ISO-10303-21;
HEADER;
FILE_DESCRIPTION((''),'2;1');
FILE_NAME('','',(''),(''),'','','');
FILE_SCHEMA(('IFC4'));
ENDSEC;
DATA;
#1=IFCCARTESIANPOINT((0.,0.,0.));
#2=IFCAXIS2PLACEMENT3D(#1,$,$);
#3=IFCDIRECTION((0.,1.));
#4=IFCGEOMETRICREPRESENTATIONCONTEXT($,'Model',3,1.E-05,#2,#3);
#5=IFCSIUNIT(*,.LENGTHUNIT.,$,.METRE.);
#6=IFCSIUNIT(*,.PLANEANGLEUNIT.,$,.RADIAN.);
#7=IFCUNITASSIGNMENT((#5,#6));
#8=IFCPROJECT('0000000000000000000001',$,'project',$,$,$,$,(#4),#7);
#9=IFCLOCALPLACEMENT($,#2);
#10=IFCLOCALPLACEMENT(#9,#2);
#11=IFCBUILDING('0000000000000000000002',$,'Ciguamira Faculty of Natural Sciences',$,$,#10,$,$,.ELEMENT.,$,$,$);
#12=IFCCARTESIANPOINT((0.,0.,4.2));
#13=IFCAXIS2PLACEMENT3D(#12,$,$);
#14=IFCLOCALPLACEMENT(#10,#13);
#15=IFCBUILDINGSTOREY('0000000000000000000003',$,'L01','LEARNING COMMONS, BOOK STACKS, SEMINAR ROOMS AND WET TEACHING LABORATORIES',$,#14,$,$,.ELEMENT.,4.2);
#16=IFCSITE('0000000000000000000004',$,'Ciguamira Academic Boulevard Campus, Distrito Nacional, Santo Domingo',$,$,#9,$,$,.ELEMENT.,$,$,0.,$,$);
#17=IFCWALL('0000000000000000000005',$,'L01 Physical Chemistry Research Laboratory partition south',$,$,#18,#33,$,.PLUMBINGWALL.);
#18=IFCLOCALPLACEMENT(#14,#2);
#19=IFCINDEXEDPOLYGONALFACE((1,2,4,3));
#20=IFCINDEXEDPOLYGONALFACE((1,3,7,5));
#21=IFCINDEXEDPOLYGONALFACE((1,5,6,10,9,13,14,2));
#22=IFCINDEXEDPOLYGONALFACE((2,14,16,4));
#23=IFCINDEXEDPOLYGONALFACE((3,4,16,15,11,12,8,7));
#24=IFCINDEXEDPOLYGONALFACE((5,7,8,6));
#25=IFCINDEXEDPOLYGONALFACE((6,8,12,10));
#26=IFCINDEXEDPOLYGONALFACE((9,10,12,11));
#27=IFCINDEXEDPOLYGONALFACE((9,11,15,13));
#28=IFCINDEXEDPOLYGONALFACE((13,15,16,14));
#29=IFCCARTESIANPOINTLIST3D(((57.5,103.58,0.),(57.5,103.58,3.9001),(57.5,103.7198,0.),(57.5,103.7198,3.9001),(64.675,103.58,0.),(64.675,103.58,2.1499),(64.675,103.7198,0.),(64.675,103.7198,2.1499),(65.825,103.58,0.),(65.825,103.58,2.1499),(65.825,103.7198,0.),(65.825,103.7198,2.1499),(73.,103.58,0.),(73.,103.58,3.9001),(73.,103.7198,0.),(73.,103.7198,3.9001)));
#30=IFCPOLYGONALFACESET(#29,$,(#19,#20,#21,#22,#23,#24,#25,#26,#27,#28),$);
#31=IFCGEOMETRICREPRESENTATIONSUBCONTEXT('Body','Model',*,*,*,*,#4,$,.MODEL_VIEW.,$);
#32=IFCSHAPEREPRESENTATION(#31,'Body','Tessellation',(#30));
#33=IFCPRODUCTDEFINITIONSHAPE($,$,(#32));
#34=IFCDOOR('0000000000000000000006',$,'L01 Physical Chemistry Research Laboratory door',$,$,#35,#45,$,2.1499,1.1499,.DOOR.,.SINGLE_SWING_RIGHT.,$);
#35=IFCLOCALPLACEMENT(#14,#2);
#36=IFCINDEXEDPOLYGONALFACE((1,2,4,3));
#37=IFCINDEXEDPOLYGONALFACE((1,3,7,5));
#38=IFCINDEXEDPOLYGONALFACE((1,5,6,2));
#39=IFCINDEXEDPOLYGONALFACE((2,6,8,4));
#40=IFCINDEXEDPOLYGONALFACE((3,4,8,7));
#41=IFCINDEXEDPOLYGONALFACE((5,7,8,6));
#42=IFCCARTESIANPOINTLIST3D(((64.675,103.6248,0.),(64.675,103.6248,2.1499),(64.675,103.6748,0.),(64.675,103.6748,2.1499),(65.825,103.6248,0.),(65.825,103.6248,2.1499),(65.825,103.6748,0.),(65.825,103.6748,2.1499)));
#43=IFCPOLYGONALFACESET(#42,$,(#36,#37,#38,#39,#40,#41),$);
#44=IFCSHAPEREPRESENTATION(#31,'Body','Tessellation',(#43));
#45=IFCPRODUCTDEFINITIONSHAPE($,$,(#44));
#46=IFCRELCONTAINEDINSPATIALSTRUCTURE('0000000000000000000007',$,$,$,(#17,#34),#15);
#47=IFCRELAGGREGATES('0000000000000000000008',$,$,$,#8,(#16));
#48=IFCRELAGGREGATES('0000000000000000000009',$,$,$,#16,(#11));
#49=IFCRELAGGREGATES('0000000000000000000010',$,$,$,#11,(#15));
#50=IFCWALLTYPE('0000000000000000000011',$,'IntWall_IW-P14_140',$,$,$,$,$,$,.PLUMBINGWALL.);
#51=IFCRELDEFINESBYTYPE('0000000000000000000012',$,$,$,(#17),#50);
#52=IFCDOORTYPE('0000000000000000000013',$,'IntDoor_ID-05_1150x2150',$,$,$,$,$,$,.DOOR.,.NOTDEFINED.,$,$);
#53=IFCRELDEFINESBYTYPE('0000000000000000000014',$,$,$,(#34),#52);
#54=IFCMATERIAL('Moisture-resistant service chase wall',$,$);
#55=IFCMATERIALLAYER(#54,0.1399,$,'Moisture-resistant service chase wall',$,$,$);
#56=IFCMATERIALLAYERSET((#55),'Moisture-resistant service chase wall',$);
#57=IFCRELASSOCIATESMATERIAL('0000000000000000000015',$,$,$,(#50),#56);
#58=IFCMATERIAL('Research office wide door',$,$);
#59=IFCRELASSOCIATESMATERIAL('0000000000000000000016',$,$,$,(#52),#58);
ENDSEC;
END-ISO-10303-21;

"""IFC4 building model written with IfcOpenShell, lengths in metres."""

from ifc_helpers import new_model, si_unit, direction, frame, frame_2d, origin, place, context, subcontext, project, spatial, rectangle, extrude, material, layer, layer_set, type_object, element, fill, save


model = new_model("IFC4")

# Units and contexts
model_context = context("Model", 3, precision=1e-05, world=origin(), true_north=direction((0.0, 1.0)))
body_context = subcontext(model_context, "Body", "Model", "MODEL_VIEW")
ifc_project = project(units=[si_unit("LENGTHUNIT", "METRE"), si_unit("PLANEANGLEUNIT", "RADIAN")], contexts=[model_context])

# Site, building, storey
site_placement = place(None, origin())
site = spatial("IfcSite", under=ifc_project, at=site_placement, Name="Ciguamira Academic Boulevard Campus, Distrito Nacional, Santo Domingo", CompositionType="ELEMENT", RefElevation=0.0)
building_placement = place(site_placement, origin())
building = spatial("IfcBuilding", under=site, at=building_placement, Name="Ciguamira Faculty of Natural Sciences", CompositionType="ELEMENT")
storey_placement = place(building_placement, frame((0.0, 0.0, 4.2)))
storey = spatial("IfcBuildingStorey", under=building, at=storey_placement, Name="L01", Description="LEARNING COMMONS, BOOK STACKS, SEMINAR ROOMS AND WET TEACHING LABORATORIES", CompositionType="ELEMENT", Elevation=4.2)

# Wall, opening, door
ifc_material_1 = material(Name="Moisture-resistant service chase wall")
ifc_layer_1 = layer(ifc_material_1, 0.1399, Name="Moisture-resistant service chase wall")
ifc_layer_set_1 = layer_set([ifc_layer_1], Name="Moisture-resistant service chase wall")
wall_type_1 = type_object("IfcWallType", Name="IntWall_IW-P14_140", PredefinedType="PLUMBINGWALL", material=ifc_layer_set_1)
wall_1_placement = place(storey_placement, frame((57.5, 103.6499, 0.0), z_axis=(0.0, 0.0, 1.0), x_axis=(1.0, 0.0, 0.0)))
wall_1 = element("IfcWall", 1, at=wall_1_placement, inside=storey, type_object=wall_type_1, Name="L01 Physical Chemistry Research Laboratory partition south", PredefinedType="PLUMBINGWALL", context=body_context, shape_type="SweptSolid", body=[
    extrude(rectangle(XDim=15.5, YDim=0.1399, at=frame_2d((7.75, 0.0))), origin(), (0.0, 0.0, 1.0), 3.9001),
])
opening_1_placement = place(wall_1_placement, frame((7.175, 0.0, 0.0)))
opening_1 = element("IfcOpeningElement", 2, at=opening_1_placement, cuts=wall_1, PredefinedType="OPENING", context=body_context, shape_type="SweptSolid", body=[
    extrude(rectangle(XDim=1.1499, YDim=2.1499, at=frame_2d((0.575, 1.075))), frame((0.0, 0.0798, 0.0), z_axis=(0.0, -1.0, 0.0), x_axis=(1.0, 0.0, 0.0)), (0.0, 0.0, 1.0), 0.1599),
])
ifc_material_2 = material(Name="Research office wide door")
door_type_1 = type_object("IfcDoorType", Name="IntDoor_ID-05_1150x2150", OperationType="NOTDEFINED", PredefinedType="DOOR", material=ifc_material_2)
door_1_placement = place(opening_1_placement, origin())
door_1 = element("IfcDoor", 3, at=door_1_placement, inside=storey, type_object=door_type_1, Name="L01 Physical Chemistry Research Laboratory door", OperationType="SINGLE_SWING_RIGHT", OverallHeight=2.1499, OverallWidth=1.1499, PredefinedType="DOOR", context=body_context, shape_type="SweptSolid", body=[
    extrude(rectangle(XDim=1.1499, YDim=2.1499, at=frame_2d((0.575, 1.075))), frame((0.0, 0.0249, 0.0), z_axis=(0.0, -1.0, 0.0), x_axis=(1.0, 0.0, 0.0)), (0.0, 0.0, 1.0), 0.05),
])
fill(opening_1, door_1)

save(model, "model.ifc")
